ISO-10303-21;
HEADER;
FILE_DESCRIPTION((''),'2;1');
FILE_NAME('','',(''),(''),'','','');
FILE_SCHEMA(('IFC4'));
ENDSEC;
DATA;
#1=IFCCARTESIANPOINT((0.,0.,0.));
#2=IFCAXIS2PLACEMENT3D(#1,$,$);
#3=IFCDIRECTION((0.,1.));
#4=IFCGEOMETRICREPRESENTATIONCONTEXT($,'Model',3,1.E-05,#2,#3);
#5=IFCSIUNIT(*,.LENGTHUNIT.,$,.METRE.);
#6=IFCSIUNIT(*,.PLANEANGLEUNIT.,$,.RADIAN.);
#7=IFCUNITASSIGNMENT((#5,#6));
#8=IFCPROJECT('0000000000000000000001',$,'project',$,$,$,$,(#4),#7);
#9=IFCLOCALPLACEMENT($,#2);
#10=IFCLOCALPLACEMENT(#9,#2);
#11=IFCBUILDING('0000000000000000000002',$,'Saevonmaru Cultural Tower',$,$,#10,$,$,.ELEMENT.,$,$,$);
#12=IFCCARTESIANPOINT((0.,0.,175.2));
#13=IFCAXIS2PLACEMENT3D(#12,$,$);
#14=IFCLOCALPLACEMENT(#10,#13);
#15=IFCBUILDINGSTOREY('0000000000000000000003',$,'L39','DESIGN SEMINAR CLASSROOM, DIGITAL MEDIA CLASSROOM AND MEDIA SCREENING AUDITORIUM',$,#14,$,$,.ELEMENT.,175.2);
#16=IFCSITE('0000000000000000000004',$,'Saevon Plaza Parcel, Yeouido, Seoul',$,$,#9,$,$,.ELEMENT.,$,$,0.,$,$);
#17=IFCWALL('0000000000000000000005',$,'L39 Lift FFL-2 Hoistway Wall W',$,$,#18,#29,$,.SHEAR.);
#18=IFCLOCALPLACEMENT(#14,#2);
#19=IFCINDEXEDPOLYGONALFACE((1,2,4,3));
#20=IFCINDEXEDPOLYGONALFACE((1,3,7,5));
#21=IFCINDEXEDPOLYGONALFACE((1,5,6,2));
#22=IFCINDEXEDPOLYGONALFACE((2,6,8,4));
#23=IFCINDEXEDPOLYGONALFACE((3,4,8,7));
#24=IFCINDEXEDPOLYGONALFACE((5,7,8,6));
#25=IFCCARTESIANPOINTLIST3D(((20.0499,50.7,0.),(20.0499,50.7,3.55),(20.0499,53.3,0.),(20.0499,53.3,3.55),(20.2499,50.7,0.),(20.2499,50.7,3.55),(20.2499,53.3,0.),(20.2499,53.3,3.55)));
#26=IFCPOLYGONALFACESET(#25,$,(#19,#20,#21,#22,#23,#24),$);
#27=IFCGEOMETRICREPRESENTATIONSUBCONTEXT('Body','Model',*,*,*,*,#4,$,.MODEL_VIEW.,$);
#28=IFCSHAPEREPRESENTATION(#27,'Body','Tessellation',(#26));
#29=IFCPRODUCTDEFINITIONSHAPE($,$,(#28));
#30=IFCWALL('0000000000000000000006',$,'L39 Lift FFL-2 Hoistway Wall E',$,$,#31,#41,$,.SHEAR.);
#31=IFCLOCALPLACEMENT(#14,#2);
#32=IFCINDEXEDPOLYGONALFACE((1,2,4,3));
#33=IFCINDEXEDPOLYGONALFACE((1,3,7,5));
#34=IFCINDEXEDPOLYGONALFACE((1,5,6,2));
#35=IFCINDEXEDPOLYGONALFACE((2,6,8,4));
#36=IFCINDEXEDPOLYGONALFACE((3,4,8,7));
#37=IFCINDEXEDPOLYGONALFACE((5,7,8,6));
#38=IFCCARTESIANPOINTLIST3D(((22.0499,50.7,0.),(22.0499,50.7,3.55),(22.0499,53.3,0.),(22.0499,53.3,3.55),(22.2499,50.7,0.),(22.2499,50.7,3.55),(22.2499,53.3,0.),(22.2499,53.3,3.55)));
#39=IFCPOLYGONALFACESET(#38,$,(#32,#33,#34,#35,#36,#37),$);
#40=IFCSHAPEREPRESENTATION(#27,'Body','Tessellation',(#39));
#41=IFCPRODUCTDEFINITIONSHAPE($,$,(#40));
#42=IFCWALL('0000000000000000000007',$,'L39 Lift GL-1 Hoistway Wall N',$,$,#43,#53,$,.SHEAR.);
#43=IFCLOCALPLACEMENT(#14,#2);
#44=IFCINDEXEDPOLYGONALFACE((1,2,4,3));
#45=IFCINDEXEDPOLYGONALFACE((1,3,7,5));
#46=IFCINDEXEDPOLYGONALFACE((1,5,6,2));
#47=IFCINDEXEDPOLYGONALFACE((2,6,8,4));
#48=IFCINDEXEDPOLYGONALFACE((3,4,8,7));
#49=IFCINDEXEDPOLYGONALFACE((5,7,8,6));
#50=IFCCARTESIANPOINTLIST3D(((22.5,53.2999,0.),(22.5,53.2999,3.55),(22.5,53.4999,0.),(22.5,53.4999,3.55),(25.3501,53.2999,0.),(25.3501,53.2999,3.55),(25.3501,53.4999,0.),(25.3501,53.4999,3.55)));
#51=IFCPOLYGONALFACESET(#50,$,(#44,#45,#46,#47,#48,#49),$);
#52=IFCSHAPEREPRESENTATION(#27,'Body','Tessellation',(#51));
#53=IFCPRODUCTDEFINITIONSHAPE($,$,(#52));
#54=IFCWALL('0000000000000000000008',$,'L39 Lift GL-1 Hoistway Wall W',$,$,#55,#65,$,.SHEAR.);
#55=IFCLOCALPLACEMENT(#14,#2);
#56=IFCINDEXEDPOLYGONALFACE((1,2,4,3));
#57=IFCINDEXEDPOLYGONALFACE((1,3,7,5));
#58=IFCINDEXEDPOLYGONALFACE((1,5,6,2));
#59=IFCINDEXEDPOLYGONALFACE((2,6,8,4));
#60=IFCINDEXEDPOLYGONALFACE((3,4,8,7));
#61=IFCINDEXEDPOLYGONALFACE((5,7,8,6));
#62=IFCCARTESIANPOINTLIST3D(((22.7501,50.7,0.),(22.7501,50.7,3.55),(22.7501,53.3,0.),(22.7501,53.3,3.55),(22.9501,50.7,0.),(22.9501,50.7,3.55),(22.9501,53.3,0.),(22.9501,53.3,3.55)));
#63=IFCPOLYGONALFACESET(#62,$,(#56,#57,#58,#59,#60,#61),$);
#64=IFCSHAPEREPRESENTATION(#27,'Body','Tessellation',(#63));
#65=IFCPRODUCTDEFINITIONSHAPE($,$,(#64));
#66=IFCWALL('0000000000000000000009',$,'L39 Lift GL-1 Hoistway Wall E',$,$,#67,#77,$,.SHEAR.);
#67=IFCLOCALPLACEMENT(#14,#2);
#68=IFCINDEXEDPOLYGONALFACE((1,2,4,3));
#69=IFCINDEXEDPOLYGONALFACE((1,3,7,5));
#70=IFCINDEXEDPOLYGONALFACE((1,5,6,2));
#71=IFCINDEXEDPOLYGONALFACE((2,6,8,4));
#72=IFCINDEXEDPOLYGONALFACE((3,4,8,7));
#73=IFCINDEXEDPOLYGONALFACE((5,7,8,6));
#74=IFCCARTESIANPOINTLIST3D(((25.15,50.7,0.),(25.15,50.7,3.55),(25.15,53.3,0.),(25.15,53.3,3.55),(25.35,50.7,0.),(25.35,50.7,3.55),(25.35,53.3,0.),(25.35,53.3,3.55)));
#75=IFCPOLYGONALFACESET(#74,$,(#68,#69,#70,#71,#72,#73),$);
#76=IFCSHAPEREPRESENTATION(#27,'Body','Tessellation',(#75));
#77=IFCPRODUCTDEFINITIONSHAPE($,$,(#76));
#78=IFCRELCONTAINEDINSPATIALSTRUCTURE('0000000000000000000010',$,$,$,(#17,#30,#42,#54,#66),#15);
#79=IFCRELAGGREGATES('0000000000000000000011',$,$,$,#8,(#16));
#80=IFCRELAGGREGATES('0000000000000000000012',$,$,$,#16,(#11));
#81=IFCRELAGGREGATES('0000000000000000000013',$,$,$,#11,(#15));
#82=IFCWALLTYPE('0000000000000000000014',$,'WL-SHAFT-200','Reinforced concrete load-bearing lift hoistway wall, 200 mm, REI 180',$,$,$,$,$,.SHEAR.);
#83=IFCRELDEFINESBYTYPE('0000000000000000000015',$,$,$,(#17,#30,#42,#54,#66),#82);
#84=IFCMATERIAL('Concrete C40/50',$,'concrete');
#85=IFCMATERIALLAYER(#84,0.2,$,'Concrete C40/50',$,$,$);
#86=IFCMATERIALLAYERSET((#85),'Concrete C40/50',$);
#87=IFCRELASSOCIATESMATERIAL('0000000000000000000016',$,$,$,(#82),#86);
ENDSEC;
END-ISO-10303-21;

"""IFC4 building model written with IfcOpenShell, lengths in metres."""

from ifc_helpers import new_model, si_unit, direction, frame, frame_2d, origin, place, context, subcontext, project, spatial, rectangle, extrude, material, layer, layer_set, type_object, element, save


model = new_model("IFC4")

# Units and contexts
model_context = context("Model", 3, precision=1e-05, world=origin(), true_north=direction((0.0, 1.0)))
body_context = subcontext(model_context, "Body", "Model", "MODEL_VIEW")
ifc_project = project(units=[si_unit("LENGTHUNIT", "METRE"), si_unit("PLANEANGLEUNIT", "RADIAN")], contexts=[model_context])

# Site, building, storey
site_placement = place(None, origin())
site = spatial("IfcSite", under=ifc_project, at=site_placement, Name="Saevon Plaza Parcel, Yeouido, Seoul", CompositionType="ELEMENT", RefElevation=0.0)
building_placement = place(site_placement, origin())
building = spatial("IfcBuilding", under=site, at=building_placement, Name="Saevonmaru Cultural Tower", CompositionType="ELEMENT")
storey_placement = place(building_placement, frame((0.0, 0.0, 175.2)))
storey = spatial("IfcBuildingStorey", under=building, at=storey_placement, Name="L39", Description="DESIGN SEMINAR CLASSROOM, DIGITAL MEDIA CLASSROOM AND MEDIA SCREENING AUDITORIUM", CompositionType="ELEMENT", Elevation=175.2)

# Walls
ifc_material_1 = material(Name="Concrete C40/50", Category="concrete")
ifc_layer_1 = layer(ifc_material_1, 0.2, Name="Concrete C40/50")
ifc_layer_set_1 = layer_set([ifc_layer_1], Name="Concrete C40/50")
wall_type_1 = type_object("IfcWallType", Name="WL-SHAFT-200", Description="Reinforced concrete load-bearing lift hoistway wall, 200 mm, REI 180", PredefinedType="SHEAR", material=ifc_layer_set_1)
for number, where, z_axis, x_axis, name in (
    (1, (20.1499, 50.7, 0.0), (0.0, 0.0, 1.0), (0.0, 1.0, 0.0), "L39 Lift FFL-2 Hoistway Wall W"),
    (2, (22.1499, 50.7, 0.0), (0.0, 0.0, 1.0), (0.0, 1.0, 0.0), "L39 Lift FFL-2 Hoistway Wall E"),
):
    element("IfcWall", number, at=place(storey_placement, frame(where, z_axis=z_axis, x_axis=x_axis)), inside=storey, type_object=wall_type_1, Name=name, PredefinedType="SHEAR", context=body_context, shape_type="SweptSolid", body=[
        extrude(rectangle(XDim=2.6001, YDim=0.2, at=frame_2d((1.3, 0.0))), origin(), (0.0, 0.0, 1.0), 3.55),
    ])
wall_1_placement = place(storey_placement, frame((22.5, 53.3999, 0.0), z_axis=(0.0, 0.0, 1.0), x_axis=(1.0, 0.0, 0.0)))
element("IfcWall", 3, at=wall_1_placement, inside=storey, type_object=wall_type_1, Name="L39 Lift GL-1 Hoistway Wall N", PredefinedType="SHEAR", context=body_context, shape_type="SweptSolid", body=[
    extrude(rectangle(XDim=2.8501, YDim=0.2, at=frame_2d((1.425, 0.0))), origin(), (0.0, 0.0, 1.0), 3.55),
])
for number, where, z_axis, x_axis, name in (
    (4, (22.8501, 50.7, 0.0), (0.0, 0.0, 1.0), (0.0, 1.0, 0.0), "L39 Lift GL-1 Hoistway Wall W"),
    (5, (25.25, 50.7, 0.0), (0.0, 0.0, 1.0), (0.0, 1.0, 0.0), "L39 Lift GL-1 Hoistway Wall E"),
):
    element("IfcWall", number, at=place(storey_placement, frame(where, z_axis=z_axis, x_axis=x_axis)), inside=storey, type_object=wall_type_1, Name=name, PredefinedType="SHEAR", context=body_context, shape_type="SweptSolid", body=[
        extrude(rectangle(XDim=2.6001, YDim=0.2, at=frame_2d((1.3, 0.0))), origin(), (0.0, 0.0, 1.0), 3.55),
    ])

save(model, "model.ifc")
